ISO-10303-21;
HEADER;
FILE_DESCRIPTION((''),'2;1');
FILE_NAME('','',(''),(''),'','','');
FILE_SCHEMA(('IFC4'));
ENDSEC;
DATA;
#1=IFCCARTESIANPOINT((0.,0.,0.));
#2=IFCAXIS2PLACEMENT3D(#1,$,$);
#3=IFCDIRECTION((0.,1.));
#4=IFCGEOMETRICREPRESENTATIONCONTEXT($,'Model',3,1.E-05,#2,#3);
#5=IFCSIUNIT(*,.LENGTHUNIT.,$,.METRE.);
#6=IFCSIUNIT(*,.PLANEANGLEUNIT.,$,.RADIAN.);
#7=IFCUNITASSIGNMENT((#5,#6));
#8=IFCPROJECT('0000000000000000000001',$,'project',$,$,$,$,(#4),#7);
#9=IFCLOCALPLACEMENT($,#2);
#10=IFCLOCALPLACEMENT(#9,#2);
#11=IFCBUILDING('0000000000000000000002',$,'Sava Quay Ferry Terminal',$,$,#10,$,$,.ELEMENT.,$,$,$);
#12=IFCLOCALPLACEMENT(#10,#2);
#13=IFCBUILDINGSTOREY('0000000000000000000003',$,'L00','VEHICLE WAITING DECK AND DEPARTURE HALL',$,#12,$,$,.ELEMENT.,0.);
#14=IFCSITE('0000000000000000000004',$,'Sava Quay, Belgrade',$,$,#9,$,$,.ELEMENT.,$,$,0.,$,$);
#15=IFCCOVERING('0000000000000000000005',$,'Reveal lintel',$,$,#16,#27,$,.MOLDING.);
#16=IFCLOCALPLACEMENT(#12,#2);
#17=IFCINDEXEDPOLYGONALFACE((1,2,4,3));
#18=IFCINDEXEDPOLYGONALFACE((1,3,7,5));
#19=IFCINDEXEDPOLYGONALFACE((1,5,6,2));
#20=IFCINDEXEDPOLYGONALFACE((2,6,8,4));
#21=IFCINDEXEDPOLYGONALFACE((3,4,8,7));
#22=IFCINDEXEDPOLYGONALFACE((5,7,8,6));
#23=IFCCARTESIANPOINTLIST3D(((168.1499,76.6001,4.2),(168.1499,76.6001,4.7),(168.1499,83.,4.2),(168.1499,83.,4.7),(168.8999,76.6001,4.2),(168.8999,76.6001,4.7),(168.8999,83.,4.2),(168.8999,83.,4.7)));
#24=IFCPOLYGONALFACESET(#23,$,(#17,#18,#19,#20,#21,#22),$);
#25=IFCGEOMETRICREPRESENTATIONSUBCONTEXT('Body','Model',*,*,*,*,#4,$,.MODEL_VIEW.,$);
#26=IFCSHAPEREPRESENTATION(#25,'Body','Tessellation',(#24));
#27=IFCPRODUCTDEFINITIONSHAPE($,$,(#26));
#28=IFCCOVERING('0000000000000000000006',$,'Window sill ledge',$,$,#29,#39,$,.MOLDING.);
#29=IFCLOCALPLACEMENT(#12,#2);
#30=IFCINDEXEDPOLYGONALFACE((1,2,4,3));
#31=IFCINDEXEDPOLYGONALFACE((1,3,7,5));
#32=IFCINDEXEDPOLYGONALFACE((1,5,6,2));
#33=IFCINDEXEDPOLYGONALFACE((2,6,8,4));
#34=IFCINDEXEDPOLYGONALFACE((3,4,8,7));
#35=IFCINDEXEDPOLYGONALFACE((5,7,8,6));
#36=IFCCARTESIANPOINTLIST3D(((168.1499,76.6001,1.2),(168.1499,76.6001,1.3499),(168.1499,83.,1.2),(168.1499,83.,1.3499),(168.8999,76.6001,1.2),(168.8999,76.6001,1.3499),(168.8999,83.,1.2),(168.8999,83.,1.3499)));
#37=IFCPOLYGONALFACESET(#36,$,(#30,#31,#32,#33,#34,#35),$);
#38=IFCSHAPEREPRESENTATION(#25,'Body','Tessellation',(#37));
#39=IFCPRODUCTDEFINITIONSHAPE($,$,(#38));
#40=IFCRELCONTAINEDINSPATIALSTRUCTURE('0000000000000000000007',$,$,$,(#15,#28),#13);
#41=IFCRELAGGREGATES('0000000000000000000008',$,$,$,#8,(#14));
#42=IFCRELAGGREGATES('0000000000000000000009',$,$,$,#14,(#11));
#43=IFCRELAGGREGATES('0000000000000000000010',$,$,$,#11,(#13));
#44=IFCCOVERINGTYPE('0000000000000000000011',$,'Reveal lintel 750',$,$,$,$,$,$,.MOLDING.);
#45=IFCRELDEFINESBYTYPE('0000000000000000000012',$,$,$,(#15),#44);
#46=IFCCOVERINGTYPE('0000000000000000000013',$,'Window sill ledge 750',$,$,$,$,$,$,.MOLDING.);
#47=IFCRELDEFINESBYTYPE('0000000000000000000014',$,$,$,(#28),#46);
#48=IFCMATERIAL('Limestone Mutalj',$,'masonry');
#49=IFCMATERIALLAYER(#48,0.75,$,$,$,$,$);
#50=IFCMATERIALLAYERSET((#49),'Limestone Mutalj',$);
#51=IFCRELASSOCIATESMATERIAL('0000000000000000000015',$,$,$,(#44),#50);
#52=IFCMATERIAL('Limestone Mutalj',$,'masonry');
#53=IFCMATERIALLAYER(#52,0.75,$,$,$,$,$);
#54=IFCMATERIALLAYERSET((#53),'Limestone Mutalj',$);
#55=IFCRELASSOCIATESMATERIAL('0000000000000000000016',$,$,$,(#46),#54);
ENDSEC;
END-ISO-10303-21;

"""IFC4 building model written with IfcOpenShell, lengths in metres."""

from ifc_helpers import new_model, si_unit, direction, frame, origin, origin_2d, place, context, subcontext, project, spatial, rectangle, extrude, material, layer, layer_set, type_object, element, save


model = new_model("IFC4")

# Units and contexts
model_context = context("Model", 3, precision=1e-05, world=origin(), true_north=direction((0.0, 1.0)))
body_context = subcontext(model_context, "Body", "Model", "MODEL_VIEW")
ifc_project = project(units=[si_unit("LENGTHUNIT", "METRE"), si_unit("PLANEANGLEUNIT", "RADIAN")], contexts=[model_context])

# Site, building, storey
site_placement = place(None, origin())
site = spatial("IfcSite", under=ifc_project, at=site_placement, Name="Sava Quay, Belgrade", CompositionType="ELEMENT", RefElevation=0.0)
building_placement = place(site_placement, origin())
building = spatial("IfcBuilding", under=site, at=building_placement, Name="Sava Quay Ferry Terminal", CompositionType="ELEMENT")
storey_placement = place(building_placement, origin())
storey = spatial("IfcBuildingStorey", under=building, at=storey_placement, Name="L00", Description="VEHICLE WAITING DECK AND DEPARTURE HALL", CompositionType="ELEMENT", Elevation=0.0)

# Coverings
ifc_material_1 = material(Name="Limestone Mutalj", Category="masonry")
ifc_layer_1 = layer(ifc_material_1, 0.75)
ifc_layer_set_1 = layer_set([ifc_layer_1], Name="Limestone Mutalj")
covering_type_1 = type_object("IfcCoveringType", Name="Reveal lintel 750", PredefinedType="MOLDING", material=ifc_layer_set_1)
covering_1_placement = place(storey_placement, frame((168.5249, 79.8, 4.2), z_axis=(0.0, 0.0, 1.0), x_axis=(1.0, 0.0, 0.0)))
element("IfcCovering", 1, at=covering_1_placement, inside=storey, type_object=covering_type_1, Name="Reveal lintel", PredefinedType="MOLDING", context=body_context, shape_type="SweptSolid", body=[
    extrude(rectangle(XDim=0.75, YDim=6.3999, at=origin_2d()), origin(), (0.0, 0.0, 1.0), 0.5),
])
ifc_material_2 = material(Name="Limestone Mutalj", Category="masonry")
ifc_layer_2 = layer(ifc_material_2, 0.75)
ifc_layer_set_2 = layer_set([ifc_layer_2], Name="Limestone Mutalj")
covering_type_2 = type_object("IfcCoveringType", Name="Window sill ledge 750", PredefinedType="MOLDING", material=ifc_layer_set_2)
covering_2_placement = place(storey_placement, frame((168.5249, 79.8, 1.2), z_axis=(0.0, 0.0, 1.0), x_axis=(1.0, 0.0, 0.0)))
element("IfcCovering", 2, at=covering_2_placement, inside=storey, type_object=covering_type_2, Name="Window sill ledge", PredefinedType="MOLDING", context=body_context, shape_type="SweptSolid", body=[
    extrude(rectangle(XDim=0.75, YDim=6.3999, at=origin_2d()), origin(), (0.0, 0.0, 1.0), 0.1499),
])

save(model, "model.ifc")
